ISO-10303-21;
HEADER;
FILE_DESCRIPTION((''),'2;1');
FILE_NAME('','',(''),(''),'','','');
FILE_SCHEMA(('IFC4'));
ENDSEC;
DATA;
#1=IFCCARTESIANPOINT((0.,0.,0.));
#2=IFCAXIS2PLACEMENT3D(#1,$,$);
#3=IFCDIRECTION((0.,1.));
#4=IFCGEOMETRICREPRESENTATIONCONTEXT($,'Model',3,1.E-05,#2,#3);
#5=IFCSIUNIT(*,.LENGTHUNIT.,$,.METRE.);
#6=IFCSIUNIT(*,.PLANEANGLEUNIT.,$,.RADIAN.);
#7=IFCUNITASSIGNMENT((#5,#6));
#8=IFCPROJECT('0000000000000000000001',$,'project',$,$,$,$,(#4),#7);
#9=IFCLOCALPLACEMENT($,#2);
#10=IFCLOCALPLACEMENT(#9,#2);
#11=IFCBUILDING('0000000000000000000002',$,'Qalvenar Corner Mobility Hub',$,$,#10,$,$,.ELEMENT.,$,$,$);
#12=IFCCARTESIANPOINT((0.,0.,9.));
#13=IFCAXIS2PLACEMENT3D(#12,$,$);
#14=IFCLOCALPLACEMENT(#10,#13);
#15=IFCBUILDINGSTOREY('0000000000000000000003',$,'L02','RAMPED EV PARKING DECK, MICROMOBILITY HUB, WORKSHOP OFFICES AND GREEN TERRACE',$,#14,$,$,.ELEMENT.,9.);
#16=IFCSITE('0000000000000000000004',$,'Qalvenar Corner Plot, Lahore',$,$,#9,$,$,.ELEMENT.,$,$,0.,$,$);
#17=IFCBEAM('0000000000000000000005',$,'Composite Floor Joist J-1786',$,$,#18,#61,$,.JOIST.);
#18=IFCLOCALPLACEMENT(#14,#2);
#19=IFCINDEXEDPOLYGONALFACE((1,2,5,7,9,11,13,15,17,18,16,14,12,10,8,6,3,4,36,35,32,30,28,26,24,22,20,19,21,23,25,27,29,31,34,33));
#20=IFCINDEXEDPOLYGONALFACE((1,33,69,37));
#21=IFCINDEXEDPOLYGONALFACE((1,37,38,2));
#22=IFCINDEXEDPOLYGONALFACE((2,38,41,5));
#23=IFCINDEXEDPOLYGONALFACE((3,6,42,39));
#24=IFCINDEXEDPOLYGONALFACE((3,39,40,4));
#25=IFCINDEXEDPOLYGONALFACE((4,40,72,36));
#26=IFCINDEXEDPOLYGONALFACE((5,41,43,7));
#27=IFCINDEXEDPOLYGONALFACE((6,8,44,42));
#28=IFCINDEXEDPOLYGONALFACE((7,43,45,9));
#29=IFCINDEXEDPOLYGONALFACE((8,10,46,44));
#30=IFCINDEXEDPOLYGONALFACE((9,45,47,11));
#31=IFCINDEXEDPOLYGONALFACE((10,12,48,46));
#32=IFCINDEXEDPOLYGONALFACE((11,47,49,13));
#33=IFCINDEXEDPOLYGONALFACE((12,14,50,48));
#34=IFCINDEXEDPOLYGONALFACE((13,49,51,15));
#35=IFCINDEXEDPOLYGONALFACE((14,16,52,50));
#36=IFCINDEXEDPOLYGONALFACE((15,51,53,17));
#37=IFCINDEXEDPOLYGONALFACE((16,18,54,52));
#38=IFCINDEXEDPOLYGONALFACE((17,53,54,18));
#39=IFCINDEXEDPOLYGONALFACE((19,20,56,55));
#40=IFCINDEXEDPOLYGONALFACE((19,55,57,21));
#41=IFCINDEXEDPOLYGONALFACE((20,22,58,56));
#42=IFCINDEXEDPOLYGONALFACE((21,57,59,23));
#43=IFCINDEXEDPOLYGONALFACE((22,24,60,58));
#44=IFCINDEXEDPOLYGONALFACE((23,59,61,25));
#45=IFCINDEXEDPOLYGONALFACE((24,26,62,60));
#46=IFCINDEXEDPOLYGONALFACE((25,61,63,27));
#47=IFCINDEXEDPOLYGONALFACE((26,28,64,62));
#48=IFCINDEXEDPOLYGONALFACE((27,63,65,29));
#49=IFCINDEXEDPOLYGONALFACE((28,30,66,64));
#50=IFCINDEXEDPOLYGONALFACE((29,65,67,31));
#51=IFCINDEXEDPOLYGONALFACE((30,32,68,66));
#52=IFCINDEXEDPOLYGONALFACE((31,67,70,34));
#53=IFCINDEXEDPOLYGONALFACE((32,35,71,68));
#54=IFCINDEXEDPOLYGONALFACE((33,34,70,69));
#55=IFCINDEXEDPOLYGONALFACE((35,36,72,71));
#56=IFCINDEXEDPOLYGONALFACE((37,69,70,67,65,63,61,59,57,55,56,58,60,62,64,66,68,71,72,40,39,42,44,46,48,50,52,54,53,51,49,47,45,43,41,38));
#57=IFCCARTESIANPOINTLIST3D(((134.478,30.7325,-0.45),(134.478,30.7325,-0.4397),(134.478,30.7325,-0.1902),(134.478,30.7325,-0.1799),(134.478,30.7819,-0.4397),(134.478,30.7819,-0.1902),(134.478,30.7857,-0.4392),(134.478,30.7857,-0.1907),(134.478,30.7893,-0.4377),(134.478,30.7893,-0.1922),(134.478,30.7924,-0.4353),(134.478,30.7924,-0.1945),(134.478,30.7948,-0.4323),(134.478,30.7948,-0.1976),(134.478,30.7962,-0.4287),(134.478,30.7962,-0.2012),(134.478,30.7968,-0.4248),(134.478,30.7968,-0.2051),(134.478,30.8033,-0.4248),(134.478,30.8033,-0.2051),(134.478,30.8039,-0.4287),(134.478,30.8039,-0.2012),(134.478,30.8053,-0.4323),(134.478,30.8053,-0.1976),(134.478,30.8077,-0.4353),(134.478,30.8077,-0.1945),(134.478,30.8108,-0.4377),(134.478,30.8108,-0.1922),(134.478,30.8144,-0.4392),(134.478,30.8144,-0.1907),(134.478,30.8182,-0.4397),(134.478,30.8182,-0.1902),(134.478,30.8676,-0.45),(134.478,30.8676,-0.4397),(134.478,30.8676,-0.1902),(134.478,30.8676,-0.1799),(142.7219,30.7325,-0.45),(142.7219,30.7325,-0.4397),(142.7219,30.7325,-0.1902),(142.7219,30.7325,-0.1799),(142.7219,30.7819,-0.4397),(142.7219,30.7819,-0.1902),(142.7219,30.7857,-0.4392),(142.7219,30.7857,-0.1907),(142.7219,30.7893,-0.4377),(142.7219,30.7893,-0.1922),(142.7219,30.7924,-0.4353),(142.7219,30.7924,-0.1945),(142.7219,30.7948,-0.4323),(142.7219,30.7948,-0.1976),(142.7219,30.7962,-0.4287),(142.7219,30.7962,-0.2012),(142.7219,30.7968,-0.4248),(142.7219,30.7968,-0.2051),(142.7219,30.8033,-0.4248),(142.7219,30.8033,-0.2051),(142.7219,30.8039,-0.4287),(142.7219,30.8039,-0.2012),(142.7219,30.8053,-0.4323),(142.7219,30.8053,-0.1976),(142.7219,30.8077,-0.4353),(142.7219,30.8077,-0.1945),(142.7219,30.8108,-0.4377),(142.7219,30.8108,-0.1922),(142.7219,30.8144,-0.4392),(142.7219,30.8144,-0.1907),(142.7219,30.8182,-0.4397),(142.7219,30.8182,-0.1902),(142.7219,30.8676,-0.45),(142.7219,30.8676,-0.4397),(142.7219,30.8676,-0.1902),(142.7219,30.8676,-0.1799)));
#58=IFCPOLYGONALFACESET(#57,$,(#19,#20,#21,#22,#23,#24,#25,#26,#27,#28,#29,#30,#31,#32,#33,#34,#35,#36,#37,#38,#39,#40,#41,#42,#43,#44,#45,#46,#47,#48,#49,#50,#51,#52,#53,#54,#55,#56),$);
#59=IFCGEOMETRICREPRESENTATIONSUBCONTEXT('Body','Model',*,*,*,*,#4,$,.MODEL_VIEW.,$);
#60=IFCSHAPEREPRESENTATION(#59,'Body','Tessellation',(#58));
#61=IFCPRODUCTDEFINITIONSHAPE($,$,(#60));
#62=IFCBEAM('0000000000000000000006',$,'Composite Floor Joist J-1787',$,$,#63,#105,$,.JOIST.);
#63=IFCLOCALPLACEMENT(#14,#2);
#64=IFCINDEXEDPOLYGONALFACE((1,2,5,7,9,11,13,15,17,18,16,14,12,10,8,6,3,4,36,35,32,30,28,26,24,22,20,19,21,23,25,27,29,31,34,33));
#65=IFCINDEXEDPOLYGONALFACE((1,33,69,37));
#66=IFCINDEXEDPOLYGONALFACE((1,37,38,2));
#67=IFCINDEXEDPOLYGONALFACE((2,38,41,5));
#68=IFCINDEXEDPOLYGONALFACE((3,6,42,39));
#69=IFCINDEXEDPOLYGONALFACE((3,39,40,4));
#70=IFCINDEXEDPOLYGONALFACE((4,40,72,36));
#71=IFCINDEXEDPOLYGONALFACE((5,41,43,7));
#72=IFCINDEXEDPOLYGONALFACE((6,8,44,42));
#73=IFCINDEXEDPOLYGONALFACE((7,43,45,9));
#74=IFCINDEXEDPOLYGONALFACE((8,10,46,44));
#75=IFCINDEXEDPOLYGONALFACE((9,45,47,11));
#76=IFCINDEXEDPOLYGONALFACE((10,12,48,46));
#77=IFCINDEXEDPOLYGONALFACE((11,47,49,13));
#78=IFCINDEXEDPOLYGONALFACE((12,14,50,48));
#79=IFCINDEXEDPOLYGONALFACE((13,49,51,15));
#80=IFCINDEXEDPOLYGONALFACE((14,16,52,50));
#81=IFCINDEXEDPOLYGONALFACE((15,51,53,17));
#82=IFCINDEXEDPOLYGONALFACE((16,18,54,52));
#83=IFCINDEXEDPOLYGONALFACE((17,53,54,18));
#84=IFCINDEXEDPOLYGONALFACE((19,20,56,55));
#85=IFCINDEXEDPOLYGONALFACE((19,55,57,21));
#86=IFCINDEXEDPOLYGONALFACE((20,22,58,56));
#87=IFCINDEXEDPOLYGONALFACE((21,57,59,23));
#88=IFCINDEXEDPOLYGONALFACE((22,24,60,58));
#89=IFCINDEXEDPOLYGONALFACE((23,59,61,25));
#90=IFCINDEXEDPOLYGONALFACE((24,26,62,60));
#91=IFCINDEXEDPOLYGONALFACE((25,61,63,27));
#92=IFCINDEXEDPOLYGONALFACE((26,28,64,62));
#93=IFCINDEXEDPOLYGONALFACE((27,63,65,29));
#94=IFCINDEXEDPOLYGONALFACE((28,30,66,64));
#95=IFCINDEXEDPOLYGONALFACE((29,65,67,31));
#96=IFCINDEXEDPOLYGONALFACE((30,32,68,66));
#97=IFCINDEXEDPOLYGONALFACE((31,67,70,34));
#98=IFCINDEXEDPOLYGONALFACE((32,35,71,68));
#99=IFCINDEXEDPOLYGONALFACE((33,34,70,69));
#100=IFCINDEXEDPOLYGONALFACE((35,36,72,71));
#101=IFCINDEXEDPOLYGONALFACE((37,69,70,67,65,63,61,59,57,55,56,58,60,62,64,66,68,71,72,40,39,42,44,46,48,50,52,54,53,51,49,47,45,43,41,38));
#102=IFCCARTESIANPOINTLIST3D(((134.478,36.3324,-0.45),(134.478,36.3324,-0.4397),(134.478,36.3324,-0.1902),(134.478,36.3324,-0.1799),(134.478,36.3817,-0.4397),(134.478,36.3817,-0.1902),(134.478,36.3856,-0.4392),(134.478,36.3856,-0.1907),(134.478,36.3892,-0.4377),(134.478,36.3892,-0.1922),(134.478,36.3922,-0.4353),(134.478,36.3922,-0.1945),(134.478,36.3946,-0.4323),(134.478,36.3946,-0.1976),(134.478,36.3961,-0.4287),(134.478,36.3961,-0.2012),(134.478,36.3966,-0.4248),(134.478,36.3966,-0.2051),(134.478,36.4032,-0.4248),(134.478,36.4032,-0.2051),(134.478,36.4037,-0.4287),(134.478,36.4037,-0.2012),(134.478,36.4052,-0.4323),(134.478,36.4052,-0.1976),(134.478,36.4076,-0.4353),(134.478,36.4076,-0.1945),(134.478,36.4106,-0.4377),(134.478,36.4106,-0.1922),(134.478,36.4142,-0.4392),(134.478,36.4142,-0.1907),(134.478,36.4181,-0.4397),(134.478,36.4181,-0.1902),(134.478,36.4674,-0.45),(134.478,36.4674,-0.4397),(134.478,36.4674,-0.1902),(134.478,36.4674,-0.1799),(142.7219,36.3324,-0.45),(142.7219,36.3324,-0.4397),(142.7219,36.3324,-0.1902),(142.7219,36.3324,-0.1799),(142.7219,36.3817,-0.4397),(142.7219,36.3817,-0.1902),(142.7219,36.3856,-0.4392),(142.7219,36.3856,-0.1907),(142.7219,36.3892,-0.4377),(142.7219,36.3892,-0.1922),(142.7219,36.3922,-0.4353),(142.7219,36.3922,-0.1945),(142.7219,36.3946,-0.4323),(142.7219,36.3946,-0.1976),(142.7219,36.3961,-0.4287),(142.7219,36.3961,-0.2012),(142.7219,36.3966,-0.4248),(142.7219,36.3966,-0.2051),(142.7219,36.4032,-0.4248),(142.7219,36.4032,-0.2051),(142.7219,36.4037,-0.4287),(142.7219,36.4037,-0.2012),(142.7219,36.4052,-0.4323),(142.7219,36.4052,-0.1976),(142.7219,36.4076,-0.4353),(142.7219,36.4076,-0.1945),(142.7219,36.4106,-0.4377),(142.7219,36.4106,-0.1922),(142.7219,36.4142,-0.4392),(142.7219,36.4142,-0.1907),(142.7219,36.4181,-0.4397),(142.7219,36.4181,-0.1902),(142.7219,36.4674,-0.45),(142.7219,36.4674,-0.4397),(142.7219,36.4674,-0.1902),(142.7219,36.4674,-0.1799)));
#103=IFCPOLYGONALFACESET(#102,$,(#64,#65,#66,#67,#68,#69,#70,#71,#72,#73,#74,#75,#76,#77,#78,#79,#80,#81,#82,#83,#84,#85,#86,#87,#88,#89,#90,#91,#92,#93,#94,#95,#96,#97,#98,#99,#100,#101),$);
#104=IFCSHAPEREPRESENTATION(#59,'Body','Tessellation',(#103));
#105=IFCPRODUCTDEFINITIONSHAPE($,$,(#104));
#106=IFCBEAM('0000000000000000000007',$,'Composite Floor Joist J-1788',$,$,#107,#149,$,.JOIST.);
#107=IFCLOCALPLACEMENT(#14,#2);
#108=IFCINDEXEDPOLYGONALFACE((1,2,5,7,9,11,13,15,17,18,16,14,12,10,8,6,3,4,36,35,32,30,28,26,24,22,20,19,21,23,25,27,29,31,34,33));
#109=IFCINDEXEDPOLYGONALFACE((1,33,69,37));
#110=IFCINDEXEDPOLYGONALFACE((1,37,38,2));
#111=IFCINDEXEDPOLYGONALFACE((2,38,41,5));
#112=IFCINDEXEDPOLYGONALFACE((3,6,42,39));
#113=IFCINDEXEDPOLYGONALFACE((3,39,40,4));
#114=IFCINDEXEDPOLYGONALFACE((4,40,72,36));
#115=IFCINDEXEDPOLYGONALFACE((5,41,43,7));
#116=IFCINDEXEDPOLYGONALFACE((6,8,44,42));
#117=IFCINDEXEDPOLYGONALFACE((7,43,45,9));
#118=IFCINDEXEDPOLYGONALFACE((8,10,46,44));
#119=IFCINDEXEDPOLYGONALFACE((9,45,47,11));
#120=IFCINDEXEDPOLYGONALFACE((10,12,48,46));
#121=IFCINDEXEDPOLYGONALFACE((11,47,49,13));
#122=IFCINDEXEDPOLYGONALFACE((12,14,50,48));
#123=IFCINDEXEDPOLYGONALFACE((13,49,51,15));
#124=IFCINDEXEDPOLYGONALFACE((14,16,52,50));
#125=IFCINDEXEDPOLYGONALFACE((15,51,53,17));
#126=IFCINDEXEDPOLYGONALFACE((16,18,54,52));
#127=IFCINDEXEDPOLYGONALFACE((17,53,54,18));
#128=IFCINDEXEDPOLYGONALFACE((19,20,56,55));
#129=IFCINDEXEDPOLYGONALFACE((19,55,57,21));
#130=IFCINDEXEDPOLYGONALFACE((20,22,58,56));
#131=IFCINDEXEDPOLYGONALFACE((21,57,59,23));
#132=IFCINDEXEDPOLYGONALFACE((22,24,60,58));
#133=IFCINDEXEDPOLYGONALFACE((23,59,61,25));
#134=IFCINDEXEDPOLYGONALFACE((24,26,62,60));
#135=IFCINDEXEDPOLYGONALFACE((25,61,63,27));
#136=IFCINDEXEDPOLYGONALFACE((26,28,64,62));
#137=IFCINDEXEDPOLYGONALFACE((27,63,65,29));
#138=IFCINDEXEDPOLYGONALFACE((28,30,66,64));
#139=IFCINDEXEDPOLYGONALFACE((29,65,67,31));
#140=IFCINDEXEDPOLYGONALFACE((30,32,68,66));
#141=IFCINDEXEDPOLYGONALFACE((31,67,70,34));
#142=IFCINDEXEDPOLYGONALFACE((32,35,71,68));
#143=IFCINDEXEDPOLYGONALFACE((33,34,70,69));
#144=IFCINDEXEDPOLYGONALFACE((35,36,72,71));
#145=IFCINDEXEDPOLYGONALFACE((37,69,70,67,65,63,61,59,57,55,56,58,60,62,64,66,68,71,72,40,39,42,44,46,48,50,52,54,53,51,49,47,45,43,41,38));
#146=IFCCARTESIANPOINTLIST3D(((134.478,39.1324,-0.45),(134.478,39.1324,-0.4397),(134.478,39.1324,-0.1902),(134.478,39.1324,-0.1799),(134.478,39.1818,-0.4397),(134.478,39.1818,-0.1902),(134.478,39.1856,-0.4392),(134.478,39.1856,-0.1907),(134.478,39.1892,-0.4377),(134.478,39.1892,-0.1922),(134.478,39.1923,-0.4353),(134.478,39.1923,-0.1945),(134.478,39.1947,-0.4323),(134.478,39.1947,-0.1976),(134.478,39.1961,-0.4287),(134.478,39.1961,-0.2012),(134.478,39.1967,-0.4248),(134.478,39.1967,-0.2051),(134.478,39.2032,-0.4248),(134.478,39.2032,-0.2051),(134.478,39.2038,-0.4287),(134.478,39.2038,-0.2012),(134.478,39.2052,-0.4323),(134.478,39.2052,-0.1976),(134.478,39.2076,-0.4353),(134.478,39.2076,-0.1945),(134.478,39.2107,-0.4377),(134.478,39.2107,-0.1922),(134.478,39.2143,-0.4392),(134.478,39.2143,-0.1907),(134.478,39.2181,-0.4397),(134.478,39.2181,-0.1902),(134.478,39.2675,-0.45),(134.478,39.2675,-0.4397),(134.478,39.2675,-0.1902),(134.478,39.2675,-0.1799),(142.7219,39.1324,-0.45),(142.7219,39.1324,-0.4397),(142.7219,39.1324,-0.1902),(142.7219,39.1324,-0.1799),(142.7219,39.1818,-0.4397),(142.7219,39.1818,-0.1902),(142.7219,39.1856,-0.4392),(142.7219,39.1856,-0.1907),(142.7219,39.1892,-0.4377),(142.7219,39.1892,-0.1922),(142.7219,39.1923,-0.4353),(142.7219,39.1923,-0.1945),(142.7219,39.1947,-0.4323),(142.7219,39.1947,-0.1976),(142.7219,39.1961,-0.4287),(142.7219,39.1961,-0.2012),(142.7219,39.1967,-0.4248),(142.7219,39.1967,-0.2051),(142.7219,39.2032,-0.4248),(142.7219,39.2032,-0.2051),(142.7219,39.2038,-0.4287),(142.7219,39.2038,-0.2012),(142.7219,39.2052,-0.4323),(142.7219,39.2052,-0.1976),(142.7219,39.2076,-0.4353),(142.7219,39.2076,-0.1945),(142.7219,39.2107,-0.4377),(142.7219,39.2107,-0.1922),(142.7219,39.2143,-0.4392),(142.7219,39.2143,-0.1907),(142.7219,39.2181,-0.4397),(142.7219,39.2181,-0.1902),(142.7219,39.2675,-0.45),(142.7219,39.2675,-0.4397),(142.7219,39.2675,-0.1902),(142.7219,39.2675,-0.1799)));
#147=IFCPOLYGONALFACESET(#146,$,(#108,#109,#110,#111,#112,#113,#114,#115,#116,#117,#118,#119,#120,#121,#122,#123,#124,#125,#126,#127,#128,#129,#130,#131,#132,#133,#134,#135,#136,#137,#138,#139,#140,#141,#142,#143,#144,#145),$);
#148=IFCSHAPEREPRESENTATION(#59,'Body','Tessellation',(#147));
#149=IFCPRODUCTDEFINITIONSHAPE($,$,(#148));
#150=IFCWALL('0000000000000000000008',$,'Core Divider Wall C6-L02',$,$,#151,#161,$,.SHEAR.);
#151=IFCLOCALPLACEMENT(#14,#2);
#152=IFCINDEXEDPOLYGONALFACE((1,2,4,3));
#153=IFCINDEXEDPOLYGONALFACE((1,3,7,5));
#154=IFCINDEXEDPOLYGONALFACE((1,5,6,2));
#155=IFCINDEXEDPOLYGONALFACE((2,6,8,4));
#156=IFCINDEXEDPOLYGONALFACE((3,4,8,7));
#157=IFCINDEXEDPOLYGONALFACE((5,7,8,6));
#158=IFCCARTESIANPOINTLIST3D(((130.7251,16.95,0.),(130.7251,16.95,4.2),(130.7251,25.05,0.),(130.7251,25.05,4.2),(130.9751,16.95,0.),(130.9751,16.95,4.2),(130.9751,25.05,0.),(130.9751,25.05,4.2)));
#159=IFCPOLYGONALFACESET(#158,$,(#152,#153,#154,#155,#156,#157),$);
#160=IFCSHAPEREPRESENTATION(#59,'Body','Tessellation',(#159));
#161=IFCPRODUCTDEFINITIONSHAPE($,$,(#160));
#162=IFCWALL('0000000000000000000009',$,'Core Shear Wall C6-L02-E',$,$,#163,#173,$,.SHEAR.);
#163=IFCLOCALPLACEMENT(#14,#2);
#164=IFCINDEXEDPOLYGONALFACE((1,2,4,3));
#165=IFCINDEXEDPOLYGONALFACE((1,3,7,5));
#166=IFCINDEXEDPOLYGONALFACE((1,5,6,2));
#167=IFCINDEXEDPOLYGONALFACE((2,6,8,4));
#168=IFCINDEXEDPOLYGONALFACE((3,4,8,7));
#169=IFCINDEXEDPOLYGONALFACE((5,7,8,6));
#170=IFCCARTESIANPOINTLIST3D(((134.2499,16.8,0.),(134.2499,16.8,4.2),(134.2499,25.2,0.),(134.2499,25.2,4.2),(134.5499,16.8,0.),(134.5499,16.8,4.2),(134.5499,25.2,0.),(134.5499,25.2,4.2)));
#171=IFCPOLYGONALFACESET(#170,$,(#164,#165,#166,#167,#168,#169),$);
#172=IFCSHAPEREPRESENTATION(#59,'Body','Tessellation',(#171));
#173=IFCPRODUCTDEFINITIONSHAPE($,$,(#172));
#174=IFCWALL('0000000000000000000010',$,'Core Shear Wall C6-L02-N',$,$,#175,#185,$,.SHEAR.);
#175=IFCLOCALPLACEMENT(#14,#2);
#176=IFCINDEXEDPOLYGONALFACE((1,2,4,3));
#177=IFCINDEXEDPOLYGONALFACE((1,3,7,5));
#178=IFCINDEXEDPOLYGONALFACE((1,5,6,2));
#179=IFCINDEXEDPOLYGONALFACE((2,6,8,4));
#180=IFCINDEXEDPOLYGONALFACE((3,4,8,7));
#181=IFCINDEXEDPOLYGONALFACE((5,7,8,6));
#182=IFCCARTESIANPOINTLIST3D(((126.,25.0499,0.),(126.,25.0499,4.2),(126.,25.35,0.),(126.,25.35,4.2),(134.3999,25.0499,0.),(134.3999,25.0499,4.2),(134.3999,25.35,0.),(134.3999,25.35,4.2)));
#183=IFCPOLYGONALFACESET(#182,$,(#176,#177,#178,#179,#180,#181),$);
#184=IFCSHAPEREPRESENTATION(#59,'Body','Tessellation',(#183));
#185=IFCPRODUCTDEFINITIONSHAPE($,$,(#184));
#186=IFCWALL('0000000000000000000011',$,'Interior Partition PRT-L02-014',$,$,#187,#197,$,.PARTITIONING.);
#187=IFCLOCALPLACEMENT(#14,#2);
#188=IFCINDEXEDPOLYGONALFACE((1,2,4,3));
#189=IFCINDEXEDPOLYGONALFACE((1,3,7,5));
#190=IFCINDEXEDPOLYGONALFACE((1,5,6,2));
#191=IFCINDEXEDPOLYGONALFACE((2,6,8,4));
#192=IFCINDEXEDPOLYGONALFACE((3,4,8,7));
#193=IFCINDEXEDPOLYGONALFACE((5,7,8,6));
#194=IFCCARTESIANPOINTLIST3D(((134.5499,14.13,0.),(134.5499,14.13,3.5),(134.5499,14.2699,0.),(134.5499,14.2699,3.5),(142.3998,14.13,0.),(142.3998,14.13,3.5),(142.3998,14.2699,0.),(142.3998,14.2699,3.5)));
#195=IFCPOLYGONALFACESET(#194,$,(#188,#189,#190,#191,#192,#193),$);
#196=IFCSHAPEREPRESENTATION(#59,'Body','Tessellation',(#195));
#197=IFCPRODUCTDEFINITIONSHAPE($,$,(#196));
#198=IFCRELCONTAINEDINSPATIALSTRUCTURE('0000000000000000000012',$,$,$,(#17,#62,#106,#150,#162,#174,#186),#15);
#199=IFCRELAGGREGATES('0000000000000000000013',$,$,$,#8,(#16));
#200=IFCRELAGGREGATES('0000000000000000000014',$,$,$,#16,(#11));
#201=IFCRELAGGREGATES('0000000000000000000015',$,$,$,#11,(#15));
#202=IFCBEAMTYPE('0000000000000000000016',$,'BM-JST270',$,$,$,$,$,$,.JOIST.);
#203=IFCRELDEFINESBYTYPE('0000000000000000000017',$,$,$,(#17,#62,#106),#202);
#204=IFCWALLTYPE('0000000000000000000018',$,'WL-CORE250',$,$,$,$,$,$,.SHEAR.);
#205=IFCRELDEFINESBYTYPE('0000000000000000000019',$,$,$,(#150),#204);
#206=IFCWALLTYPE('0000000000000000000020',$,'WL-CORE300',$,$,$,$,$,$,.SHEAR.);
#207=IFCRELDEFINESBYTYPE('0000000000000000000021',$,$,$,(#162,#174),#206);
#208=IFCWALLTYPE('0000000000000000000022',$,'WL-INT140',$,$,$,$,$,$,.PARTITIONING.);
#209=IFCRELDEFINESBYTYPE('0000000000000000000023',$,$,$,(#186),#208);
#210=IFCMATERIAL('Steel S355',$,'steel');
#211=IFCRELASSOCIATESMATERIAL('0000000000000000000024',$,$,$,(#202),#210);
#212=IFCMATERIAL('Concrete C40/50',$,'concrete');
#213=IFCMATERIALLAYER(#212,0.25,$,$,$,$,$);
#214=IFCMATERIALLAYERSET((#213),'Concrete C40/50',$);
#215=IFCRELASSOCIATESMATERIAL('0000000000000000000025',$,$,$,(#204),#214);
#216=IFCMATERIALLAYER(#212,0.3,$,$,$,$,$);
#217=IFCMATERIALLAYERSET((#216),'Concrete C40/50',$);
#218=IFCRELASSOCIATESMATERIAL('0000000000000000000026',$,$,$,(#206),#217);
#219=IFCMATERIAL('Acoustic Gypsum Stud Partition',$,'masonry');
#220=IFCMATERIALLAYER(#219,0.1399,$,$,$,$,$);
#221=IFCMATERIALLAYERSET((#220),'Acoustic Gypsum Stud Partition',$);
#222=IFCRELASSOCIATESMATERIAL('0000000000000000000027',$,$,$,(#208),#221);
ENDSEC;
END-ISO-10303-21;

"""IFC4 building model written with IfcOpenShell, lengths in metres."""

from ifc_helpers import new_model, si_unit, direction, frame, frame_2d, origin, origin_2d, place, context, subcontext, project, spatial, rectangle, i_section, extrude, material, layer, layer_set, material_profile, profile_set, type_object, element, save


model = new_model("IFC4")

# Units and contexts
model_context = context("Model", 3, precision=1e-05, world=origin(), true_north=direction((0.0, 1.0)))
body_context = subcontext(model_context, "Body", "Model", "MODEL_VIEW")
ifc_project = project(units=[si_unit("LENGTHUNIT", "METRE"), si_unit("PLANEANGLEUNIT", "RADIAN")], contexts=[model_context])

# Site, building, storey
site_placement = place(None, origin())
site = spatial("IfcSite", under=ifc_project, at=site_placement, Name="Qalvenar Corner Plot, Lahore", CompositionType="ELEMENT", RefElevation=0.0)
building_placement = place(site_placement, origin())
building = spatial("IfcBuilding", under=site, at=building_placement, Name="Qalvenar Corner Mobility Hub", CompositionType="ELEMENT")
storey_placement = place(building_placement, frame((0.0, 0.0, 9.0)))
storey = spatial("IfcBuildingStorey", under=building, at=storey_placement, Name="L02", Description="RAMPED EV PARKING DECK, MICROMOBILITY HUB, WORKSHOP OFFICES AND GREEN TERRACE", CompositionType="ELEMENT", Elevation=9.0)

# Shared definitions
ifc_material_1 = material(Name="Steel S355", Category="steel")

# Beams
ifc_material_profile_1 = material_profile(ifc_material_1, i_section(OverallWidth=0.135, OverallDepth=0.27, WebThickness=0.0066, FlangeThickness=0.0103, FilletRadius=0.0149, at=origin_2d()), Name="IPE270")
ifc_profile_set_1 = profile_set([ifc_material_profile_1], Name="Steel S355")
beam_type_1 = type_object("IfcBeamType", Name="BM-JST270", PredefinedType="JOIST", material=ifc_profile_set_1)
for number, where, z_axis, x_axis, name in (
    (1, (134.478, 30.8, -0.3149), (1.0, 0.0, 0.0), (0.0, 1.0, 0.0), "Composite Floor Joist J-1786"),
    (2, (134.478, 36.3999, -0.3149), (1.0, 0.0, 0.0), (0.0, 1.0, 0.0), "Composite Floor Joist J-1787"),
    (3, (134.478, 39.2, -0.3149), (1.0, 0.0, 0.0), (0.0, 1.0, 0.0), "Composite Floor Joist J-1788"),
):
    element("IfcBeam", number, at=place(storey_placement, frame(where, z_axis=z_axis, x_axis=x_axis)), inside=storey, type_object=beam_type_1, Name=name, PredefinedType="JOIST", context=body_context, shape_type="SweptSolid", body=[
        extrude(i_section(OverallWidth=0.135, OverallDepth=0.27, WebThickness=0.0066, FlangeThickness=0.0103, FilletRadius=0.0149, at=origin_2d()), origin(), (0.0, 0.0, 1.0), 8.2439),
    ])

# Walls
ifc_material_2 = material(Name="Concrete C40/50", Category="concrete")
ifc_layer_1 = layer(ifc_material_2, 0.25)
ifc_layer_set_1 = layer_set([ifc_layer_1], Name="Concrete C40/50")
wall_type_1 = type_object("IfcWallType", Name="WL-CORE250", PredefinedType="SHEAR", material=ifc_layer_set_1)
wall_1_placement = place(storey_placement, frame((130.8501, 16.95, 0.0), z_axis=(0.0, 0.0, 1.0), x_axis=(0.0, 1.0, 0.0)))
element("IfcWall", 4, at=wall_1_placement, inside=storey, type_object=wall_type_1, Name="Core Divider Wall C6-L02", PredefinedType="SHEAR", context=body_context, shape_type="SweptSolid", body=[
    extrude(rectangle(XDim=8.1001, YDim=0.25, at=frame_2d((4.05, 0.0))), origin(), (0.0, 0.0, 1.0), 4.2),
])
ifc_layer_2 = layer(ifc_material_2, 0.3)
ifc_layer_set_2 = layer_set([ifc_layer_2], Name="Concrete C40/50")
wall_type_2 = type_object("IfcWallType", Name="WL-CORE300", PredefinedType="SHEAR", material=ifc_layer_set_2)
for number, where, z_axis, x_axis, name in (
    (5, (134.3999, 16.8, 0.0), (0.0, 0.0, 1.0), (0.0, 1.0, 0.0), "Core Shear Wall C6-L02-E"),
    (6, (134.3999, 25.2, 0.0), (0.0, 0.0, 1.0), (-1.0, 0.0, 0.0), "Core Shear Wall C6-L02-N"),
):
    element("IfcWall", number, at=place(storey_placement, frame(where, z_axis=z_axis, x_axis=x_axis)), inside=storey, type_object=wall_type_2, Name=name, PredefinedType="SHEAR", context=body_context, shape_type="SweptSolid", body=[
        extrude(rectangle(XDim=8.3999, YDim=0.3, at=frame_2d((4.2, 0.0))), origin(), (0.0, 0.0, 1.0), 4.2),
    ])
ifc_material_3 = material(Name="Acoustic Gypsum Stud Partition", Category="masonry")
ifc_layer_3 = layer(ifc_material_3, 0.1399)
ifc_layer_set_3 = layer_set([ifc_layer_3], Name="Acoustic Gypsum Stud Partition")
wall_type_3 = type_object("IfcWallType", Name="WL-INT140", PredefinedType="PARTITIONING", material=ifc_layer_set_3)
wall_2_placement = place(storey_placement, frame((134.55, 14.2, 0.0), z_axis=(0.0, 0.0, 1.0), x_axis=(1.0, 0.0, 0.0)))
element("IfcWall", 7, at=wall_2_placement, inside=storey, type_object=wall_type_3, Name="Interior Partition PRT-L02-014", PredefinedType="PARTITIONING", context=body_context, shape_type="SweptSolid", body=[
    extrude(rectangle(XDim=7.8499, YDim=0.1399, at=frame_2d((3.9248, 0.0))), origin(), (0.0, 0.0, 1.0), 3.5),
])

save(model, "model.ifc")
